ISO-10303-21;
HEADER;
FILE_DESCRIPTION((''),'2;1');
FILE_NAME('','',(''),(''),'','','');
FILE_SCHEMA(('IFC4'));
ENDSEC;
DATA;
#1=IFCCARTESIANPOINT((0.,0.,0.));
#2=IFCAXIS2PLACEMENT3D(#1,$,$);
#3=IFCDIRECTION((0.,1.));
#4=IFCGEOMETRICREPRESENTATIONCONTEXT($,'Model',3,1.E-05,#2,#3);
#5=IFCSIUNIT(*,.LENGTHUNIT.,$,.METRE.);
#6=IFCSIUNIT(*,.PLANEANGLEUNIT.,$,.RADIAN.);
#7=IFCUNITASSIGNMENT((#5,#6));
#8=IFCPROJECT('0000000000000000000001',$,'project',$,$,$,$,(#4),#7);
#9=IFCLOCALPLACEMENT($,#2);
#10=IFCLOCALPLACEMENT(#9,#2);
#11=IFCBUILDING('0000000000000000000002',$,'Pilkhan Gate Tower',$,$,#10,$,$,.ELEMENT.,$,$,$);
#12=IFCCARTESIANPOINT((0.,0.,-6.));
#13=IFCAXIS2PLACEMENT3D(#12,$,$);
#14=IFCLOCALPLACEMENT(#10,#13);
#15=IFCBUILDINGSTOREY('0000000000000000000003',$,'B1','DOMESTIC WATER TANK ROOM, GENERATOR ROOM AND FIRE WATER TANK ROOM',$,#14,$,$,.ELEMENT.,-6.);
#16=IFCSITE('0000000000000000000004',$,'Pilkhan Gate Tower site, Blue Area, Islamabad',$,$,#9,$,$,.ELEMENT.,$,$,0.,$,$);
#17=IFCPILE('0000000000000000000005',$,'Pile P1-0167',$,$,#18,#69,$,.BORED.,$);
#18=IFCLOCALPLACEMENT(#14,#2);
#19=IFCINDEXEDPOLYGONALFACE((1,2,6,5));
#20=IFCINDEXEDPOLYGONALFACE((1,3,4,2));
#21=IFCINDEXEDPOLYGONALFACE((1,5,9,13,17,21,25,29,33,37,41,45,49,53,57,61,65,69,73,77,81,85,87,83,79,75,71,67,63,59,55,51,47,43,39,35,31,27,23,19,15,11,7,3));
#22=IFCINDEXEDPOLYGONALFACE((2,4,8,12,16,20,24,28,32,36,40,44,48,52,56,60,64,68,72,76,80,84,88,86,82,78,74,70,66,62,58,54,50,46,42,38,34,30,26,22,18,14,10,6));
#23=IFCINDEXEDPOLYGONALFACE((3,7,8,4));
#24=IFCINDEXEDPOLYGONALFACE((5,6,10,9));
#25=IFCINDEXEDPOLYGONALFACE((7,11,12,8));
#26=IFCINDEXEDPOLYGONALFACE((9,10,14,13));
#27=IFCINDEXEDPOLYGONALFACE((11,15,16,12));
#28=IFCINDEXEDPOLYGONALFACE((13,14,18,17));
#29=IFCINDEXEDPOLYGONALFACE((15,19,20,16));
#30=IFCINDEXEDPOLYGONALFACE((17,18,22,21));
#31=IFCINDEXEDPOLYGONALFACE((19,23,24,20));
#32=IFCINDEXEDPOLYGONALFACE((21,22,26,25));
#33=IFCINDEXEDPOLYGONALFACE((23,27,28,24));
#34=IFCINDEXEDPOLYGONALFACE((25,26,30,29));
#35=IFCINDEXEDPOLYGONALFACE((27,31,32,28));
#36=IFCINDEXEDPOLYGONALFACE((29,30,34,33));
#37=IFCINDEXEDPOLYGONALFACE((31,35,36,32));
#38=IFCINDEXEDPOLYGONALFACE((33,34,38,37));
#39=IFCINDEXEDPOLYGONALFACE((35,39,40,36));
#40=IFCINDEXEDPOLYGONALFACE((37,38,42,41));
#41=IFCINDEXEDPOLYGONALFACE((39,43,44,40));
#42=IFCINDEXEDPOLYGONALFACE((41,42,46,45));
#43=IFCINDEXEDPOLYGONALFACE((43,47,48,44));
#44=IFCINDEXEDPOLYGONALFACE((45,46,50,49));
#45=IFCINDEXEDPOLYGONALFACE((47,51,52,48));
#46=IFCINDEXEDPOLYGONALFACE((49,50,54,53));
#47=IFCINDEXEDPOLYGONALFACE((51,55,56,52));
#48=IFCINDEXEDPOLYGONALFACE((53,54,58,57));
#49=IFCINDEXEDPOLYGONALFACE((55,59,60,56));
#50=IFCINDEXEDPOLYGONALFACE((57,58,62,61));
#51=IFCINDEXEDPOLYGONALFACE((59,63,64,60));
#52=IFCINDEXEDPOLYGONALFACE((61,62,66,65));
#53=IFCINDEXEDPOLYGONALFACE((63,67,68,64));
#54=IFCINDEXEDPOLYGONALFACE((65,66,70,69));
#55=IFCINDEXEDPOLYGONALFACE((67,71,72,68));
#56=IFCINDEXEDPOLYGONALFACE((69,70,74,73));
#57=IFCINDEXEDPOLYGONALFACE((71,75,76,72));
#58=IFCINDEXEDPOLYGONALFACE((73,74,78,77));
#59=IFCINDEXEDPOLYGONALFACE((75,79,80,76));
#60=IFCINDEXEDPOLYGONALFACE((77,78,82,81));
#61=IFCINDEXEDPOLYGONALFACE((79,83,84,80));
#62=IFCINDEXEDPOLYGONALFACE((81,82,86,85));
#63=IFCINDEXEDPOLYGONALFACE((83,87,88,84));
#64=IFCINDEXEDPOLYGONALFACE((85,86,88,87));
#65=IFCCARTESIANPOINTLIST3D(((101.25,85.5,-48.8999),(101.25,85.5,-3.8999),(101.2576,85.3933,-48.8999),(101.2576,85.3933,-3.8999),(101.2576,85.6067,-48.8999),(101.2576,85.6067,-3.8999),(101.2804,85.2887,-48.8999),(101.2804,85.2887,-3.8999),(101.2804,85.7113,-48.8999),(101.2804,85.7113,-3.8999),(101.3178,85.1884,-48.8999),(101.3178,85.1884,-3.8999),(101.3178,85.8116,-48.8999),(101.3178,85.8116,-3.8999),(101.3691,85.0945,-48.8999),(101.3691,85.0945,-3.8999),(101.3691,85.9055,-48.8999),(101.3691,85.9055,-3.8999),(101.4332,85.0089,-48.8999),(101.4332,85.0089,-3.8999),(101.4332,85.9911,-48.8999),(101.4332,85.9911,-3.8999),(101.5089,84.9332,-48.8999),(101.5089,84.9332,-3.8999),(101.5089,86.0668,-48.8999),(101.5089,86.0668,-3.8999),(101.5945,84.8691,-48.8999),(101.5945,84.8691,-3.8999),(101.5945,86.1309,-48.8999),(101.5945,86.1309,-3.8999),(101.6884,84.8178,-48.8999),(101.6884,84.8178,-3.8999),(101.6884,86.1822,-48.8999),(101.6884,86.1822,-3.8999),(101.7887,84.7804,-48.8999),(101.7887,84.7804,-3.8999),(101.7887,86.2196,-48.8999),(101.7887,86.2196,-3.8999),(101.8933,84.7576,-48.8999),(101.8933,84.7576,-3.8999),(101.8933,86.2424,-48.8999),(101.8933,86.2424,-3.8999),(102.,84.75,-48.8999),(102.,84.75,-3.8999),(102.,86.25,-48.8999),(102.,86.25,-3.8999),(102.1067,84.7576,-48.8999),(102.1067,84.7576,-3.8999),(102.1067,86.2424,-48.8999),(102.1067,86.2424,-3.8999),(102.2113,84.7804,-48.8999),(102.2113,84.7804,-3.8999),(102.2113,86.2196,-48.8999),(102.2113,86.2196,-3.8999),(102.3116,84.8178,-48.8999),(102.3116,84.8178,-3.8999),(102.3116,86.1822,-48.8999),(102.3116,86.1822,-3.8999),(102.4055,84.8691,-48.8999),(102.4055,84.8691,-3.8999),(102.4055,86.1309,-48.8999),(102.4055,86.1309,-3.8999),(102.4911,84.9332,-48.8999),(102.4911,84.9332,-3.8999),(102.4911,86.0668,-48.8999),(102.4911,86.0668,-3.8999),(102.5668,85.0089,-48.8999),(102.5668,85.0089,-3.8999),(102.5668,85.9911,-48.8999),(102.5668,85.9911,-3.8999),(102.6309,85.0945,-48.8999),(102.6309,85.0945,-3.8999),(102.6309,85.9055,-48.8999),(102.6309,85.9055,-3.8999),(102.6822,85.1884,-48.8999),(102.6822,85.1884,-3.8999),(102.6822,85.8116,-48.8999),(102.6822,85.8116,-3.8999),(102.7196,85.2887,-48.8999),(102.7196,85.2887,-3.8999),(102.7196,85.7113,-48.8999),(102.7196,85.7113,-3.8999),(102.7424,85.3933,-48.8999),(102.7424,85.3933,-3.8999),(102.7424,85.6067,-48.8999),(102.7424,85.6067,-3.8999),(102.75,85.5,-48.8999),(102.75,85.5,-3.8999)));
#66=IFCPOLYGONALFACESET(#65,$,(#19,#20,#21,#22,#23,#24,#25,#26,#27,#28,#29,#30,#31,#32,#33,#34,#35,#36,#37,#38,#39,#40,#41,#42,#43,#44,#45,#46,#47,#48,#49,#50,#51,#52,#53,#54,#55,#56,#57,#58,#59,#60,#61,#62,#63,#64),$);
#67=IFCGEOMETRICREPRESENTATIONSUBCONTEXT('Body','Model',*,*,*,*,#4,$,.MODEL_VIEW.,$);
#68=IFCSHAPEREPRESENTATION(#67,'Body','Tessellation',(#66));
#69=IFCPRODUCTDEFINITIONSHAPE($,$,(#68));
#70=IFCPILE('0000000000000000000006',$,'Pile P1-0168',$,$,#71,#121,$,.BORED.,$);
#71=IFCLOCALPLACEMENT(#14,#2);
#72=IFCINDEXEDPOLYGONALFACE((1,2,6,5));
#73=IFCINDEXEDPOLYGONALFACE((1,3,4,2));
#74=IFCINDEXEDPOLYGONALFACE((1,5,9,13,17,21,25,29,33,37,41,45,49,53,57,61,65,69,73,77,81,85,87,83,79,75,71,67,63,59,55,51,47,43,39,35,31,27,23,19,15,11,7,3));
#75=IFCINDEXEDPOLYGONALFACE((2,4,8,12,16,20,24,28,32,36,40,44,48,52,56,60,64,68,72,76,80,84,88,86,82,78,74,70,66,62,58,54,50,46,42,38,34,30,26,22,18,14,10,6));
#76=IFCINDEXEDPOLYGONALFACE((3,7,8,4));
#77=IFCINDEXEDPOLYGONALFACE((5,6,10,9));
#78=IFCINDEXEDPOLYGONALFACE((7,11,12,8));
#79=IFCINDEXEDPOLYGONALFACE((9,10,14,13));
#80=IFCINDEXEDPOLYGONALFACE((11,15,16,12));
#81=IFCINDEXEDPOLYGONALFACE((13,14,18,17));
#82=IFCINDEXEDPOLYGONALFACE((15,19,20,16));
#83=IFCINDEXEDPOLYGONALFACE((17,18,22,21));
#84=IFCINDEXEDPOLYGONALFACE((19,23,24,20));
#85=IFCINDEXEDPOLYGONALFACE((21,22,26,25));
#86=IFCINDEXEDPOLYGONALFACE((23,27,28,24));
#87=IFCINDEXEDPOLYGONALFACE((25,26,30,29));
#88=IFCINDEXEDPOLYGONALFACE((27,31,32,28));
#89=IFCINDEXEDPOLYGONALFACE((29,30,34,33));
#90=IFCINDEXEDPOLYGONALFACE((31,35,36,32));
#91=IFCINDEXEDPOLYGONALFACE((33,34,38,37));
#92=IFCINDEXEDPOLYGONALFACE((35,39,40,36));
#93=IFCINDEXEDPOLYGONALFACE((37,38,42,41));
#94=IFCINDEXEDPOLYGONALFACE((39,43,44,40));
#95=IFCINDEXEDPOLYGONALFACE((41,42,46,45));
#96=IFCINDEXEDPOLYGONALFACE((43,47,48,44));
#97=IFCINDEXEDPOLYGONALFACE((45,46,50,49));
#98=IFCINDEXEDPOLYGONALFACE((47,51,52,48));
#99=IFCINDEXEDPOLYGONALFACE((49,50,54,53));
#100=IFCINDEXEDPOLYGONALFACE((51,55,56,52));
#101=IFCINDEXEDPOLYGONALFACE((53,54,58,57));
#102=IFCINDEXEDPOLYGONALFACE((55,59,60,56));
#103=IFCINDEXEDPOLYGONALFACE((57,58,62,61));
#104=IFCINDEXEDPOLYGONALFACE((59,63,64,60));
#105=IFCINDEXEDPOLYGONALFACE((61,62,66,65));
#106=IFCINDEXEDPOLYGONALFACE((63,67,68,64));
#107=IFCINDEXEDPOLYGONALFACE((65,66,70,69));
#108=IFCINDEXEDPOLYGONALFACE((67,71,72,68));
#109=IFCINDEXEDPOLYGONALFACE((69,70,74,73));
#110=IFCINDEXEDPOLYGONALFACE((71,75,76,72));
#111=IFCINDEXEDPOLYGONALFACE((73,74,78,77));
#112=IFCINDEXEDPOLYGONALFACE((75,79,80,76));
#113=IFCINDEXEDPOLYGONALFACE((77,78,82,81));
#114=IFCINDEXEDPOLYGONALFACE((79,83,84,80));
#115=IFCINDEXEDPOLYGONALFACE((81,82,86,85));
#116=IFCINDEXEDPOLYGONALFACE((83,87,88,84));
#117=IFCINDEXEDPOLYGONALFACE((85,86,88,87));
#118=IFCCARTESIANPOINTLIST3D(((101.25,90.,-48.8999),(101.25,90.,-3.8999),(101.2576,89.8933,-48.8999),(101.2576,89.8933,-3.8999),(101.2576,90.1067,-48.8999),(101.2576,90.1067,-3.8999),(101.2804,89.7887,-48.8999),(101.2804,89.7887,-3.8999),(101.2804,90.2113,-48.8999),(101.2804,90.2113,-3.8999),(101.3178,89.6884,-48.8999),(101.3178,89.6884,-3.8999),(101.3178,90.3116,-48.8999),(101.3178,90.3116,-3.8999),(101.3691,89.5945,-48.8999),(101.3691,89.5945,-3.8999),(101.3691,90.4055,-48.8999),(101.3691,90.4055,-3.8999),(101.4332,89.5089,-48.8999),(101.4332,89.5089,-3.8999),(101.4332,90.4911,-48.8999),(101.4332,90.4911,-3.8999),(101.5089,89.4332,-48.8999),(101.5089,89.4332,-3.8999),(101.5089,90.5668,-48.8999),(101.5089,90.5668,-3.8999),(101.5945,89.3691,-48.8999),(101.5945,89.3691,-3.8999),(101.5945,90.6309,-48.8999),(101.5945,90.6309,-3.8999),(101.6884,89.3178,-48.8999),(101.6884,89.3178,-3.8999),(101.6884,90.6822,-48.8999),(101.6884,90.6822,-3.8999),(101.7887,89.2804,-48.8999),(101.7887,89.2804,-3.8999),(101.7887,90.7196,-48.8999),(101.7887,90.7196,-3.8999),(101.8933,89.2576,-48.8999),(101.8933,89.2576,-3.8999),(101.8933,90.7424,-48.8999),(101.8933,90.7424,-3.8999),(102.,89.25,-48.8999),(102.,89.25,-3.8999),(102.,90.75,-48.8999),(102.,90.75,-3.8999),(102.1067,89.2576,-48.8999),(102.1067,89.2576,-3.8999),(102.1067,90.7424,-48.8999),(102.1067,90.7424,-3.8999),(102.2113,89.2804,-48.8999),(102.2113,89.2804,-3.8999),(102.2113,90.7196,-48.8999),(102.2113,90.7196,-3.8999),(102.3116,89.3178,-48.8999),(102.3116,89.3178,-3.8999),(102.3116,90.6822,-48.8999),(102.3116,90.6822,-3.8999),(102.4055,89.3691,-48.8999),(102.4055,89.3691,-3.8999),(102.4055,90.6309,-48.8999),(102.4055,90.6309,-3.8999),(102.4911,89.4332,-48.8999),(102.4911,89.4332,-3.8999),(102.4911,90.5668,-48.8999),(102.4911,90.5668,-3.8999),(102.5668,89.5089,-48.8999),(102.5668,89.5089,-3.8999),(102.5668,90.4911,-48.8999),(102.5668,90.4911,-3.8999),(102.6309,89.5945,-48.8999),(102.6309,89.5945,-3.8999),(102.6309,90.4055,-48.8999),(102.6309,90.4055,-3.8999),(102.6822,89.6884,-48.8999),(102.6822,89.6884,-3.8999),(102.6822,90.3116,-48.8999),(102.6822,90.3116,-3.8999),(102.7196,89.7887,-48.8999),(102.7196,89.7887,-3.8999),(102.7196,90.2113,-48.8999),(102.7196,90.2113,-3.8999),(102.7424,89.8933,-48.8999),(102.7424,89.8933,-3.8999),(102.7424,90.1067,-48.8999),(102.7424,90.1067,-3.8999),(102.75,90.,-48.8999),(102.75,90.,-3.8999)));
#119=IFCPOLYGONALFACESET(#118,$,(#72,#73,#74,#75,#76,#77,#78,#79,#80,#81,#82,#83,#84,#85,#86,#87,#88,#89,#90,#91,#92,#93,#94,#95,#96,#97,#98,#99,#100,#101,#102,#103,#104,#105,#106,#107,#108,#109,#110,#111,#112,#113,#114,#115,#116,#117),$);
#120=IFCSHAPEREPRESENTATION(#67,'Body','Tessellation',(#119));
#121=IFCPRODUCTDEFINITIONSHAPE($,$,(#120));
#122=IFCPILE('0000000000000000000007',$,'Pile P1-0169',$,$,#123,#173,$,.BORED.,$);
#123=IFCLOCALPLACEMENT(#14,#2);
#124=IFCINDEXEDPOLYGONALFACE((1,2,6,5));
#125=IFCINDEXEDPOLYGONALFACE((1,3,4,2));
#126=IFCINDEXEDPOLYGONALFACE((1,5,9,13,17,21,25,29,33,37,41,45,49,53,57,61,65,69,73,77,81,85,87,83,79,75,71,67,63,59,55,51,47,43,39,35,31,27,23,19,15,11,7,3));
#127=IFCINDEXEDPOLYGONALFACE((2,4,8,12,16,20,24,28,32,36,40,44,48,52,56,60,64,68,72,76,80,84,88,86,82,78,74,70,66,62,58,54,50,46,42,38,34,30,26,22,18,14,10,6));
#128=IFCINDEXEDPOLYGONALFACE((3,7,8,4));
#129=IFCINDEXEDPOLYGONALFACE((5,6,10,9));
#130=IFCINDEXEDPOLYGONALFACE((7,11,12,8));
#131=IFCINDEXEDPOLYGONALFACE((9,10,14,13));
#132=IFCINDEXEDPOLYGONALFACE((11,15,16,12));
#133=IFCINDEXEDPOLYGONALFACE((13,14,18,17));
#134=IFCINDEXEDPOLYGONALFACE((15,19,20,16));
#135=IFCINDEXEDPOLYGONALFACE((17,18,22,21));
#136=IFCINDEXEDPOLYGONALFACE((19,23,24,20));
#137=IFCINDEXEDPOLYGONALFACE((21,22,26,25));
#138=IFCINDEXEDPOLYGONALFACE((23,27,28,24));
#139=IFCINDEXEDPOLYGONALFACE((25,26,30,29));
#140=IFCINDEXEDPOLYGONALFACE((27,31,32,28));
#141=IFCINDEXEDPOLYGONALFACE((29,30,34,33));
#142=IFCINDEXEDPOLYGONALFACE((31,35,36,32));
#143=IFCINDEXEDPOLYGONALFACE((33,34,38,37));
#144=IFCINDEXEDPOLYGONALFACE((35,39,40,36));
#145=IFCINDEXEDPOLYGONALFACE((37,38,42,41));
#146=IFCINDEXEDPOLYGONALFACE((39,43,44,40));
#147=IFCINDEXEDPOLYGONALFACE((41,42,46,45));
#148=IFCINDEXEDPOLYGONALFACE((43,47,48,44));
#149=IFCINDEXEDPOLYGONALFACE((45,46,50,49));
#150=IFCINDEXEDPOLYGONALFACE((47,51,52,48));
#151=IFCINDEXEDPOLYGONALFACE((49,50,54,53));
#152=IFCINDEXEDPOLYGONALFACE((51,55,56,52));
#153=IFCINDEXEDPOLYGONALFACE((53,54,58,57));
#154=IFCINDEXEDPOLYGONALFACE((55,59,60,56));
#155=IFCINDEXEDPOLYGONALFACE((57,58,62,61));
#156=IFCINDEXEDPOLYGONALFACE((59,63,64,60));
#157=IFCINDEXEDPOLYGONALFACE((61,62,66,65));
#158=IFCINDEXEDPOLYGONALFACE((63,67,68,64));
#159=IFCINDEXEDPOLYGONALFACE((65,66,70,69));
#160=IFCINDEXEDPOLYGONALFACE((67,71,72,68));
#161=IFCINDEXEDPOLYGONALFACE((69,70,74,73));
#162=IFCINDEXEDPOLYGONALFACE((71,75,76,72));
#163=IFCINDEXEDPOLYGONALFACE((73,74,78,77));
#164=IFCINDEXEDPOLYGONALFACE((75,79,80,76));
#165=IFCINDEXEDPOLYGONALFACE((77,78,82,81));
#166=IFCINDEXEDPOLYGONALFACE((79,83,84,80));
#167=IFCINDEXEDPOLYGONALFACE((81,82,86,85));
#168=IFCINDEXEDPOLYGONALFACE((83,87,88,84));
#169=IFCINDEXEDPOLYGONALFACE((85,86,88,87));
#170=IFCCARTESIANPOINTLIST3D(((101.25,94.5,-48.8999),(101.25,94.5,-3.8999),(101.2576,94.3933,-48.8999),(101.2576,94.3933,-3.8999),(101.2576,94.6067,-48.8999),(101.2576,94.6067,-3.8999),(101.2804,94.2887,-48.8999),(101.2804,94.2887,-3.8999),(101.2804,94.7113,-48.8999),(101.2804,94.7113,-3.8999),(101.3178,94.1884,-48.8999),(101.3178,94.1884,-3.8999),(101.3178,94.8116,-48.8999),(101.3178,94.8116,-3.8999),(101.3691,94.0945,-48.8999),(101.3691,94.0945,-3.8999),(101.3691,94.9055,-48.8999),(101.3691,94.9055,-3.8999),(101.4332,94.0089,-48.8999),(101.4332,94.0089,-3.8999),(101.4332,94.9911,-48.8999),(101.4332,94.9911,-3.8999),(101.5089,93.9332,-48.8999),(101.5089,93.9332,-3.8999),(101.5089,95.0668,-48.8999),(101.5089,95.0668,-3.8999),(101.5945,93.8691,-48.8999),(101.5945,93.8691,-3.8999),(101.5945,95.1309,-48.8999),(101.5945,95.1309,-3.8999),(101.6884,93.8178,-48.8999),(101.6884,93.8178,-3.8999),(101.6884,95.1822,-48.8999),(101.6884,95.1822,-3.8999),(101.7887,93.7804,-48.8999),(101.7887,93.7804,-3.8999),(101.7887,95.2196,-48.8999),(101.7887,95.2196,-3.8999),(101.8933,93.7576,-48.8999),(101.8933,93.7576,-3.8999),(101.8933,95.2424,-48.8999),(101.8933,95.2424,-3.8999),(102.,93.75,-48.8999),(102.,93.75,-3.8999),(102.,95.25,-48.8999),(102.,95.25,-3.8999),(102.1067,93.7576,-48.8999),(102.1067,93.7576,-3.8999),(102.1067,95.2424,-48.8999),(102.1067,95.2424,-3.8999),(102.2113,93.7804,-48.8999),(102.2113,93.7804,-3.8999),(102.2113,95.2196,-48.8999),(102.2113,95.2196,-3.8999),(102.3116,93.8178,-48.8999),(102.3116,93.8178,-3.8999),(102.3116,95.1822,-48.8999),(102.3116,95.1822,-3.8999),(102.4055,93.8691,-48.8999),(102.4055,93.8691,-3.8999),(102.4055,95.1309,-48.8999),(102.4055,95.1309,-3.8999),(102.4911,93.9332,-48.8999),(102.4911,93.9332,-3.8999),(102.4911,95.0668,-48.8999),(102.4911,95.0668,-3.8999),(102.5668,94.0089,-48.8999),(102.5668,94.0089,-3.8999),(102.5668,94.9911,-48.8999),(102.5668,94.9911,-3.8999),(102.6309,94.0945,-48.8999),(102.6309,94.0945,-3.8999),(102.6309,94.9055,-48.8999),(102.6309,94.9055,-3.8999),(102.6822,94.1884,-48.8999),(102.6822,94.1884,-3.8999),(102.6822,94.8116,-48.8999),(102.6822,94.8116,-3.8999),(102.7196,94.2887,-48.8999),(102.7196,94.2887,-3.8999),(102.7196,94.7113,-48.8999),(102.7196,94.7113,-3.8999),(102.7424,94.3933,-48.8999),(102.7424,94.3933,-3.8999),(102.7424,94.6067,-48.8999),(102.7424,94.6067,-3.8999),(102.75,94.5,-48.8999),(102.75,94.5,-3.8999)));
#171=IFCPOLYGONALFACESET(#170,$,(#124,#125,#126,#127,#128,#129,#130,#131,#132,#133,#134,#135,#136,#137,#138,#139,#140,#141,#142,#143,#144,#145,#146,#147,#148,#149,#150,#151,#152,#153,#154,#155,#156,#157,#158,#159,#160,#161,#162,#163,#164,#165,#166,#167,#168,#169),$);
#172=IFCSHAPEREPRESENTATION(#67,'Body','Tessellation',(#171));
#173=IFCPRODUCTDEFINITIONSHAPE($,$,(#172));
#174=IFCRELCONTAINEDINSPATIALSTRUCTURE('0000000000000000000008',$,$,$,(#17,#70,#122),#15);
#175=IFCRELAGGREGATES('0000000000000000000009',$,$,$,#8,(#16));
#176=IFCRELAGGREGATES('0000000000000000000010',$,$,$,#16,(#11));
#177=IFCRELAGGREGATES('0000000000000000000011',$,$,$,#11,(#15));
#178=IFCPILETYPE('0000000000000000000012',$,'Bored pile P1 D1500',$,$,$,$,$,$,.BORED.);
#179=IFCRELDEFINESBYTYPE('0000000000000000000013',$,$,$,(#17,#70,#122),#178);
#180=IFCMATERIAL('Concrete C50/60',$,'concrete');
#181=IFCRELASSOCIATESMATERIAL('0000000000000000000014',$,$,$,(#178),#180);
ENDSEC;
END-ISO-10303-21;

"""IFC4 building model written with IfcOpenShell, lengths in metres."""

from ifc_helpers import new_model, si_unit, direction, frame, origin, origin_2d, place, context, subcontext, project, spatial, circle, extrude, material, material_profile, profile_set, type_object, element, save


model = new_model("IFC4")

# Units and contexts
model_context = context("Model", 3, precision=1e-05, world=origin(), true_north=direction((0.0, 1.0)))
body_context = subcontext(model_context, "Body", "Model", "MODEL_VIEW")
ifc_project = project(units=[si_unit("LENGTHUNIT", "METRE"), si_unit("PLANEANGLEUNIT", "RADIAN")], contexts=[model_context])

# Site, building, storey
site_placement = place(None, origin())
site = spatial("IfcSite", under=ifc_project, at=site_placement, Name="Pilkhan Gate Tower site, Blue Area, Islamabad", CompositionType="ELEMENT", RefElevation=0.0)
building_placement = place(site_placement, origin())
building = spatial("IfcBuilding", under=site, at=building_placement, Name="Pilkhan Gate Tower", CompositionType="ELEMENT")
storey_placement = place(building_placement, frame((0.0, 0.0, -6.0)))
storey = spatial("IfcBuildingStorey", under=building, at=storey_placement, Name="B1", Description="DOMESTIC WATER TANK ROOM, GENERATOR ROOM AND FIRE WATER TANK ROOM", CompositionType="ELEMENT", Elevation=-6.0)

# Piles
ifc_material_1 = material(Name="Concrete C50/60", Category="concrete")
ifc_material_profile_1 = material_profile(ifc_material_1, circle(Radius=0.75, at=origin_2d()), Name="Bored pile 1500 dia")
ifc_profile_set_1 = profile_set([ifc_material_profile_1], Name="Concrete C50/60")
pile_type = type_object("IfcPileType", Name="Bored pile P1 D1500", PredefinedType="BORED", material=ifc_profile_set_1)
for number, where, z_axis, x_axis, name in (
    (1, (102.0, 85.5, -3.8999), (0.0, 0.0, -1.0), (1.0, 0.0, 0.0), "Pile P1-0167"),
    (2, (102.0, 90.0, -3.8999), (0.0, 0.0, -1.0), (1.0, 0.0, 0.0), "Pile P1-0168"),
    (3, (102.0, 94.5, -3.8999), (0.0, 0.0, -1.0), (1.0, 0.0, 0.0), "Pile P1-0169"),
):
    element("IfcPile", number, at=place(storey_placement, frame(where, z_axis=z_axis, x_axis=x_axis)), inside=storey, type_object=pile_type, Name=name, PredefinedType="BORED", context=body_context, shape_type="SweptSolid", body=[
        extrude(circle(Radius=0.75, at=origin_2d()), origin(), (0.0, 0.0, 1.0), 45.0),
    ])

save(model, "model.ifc")
